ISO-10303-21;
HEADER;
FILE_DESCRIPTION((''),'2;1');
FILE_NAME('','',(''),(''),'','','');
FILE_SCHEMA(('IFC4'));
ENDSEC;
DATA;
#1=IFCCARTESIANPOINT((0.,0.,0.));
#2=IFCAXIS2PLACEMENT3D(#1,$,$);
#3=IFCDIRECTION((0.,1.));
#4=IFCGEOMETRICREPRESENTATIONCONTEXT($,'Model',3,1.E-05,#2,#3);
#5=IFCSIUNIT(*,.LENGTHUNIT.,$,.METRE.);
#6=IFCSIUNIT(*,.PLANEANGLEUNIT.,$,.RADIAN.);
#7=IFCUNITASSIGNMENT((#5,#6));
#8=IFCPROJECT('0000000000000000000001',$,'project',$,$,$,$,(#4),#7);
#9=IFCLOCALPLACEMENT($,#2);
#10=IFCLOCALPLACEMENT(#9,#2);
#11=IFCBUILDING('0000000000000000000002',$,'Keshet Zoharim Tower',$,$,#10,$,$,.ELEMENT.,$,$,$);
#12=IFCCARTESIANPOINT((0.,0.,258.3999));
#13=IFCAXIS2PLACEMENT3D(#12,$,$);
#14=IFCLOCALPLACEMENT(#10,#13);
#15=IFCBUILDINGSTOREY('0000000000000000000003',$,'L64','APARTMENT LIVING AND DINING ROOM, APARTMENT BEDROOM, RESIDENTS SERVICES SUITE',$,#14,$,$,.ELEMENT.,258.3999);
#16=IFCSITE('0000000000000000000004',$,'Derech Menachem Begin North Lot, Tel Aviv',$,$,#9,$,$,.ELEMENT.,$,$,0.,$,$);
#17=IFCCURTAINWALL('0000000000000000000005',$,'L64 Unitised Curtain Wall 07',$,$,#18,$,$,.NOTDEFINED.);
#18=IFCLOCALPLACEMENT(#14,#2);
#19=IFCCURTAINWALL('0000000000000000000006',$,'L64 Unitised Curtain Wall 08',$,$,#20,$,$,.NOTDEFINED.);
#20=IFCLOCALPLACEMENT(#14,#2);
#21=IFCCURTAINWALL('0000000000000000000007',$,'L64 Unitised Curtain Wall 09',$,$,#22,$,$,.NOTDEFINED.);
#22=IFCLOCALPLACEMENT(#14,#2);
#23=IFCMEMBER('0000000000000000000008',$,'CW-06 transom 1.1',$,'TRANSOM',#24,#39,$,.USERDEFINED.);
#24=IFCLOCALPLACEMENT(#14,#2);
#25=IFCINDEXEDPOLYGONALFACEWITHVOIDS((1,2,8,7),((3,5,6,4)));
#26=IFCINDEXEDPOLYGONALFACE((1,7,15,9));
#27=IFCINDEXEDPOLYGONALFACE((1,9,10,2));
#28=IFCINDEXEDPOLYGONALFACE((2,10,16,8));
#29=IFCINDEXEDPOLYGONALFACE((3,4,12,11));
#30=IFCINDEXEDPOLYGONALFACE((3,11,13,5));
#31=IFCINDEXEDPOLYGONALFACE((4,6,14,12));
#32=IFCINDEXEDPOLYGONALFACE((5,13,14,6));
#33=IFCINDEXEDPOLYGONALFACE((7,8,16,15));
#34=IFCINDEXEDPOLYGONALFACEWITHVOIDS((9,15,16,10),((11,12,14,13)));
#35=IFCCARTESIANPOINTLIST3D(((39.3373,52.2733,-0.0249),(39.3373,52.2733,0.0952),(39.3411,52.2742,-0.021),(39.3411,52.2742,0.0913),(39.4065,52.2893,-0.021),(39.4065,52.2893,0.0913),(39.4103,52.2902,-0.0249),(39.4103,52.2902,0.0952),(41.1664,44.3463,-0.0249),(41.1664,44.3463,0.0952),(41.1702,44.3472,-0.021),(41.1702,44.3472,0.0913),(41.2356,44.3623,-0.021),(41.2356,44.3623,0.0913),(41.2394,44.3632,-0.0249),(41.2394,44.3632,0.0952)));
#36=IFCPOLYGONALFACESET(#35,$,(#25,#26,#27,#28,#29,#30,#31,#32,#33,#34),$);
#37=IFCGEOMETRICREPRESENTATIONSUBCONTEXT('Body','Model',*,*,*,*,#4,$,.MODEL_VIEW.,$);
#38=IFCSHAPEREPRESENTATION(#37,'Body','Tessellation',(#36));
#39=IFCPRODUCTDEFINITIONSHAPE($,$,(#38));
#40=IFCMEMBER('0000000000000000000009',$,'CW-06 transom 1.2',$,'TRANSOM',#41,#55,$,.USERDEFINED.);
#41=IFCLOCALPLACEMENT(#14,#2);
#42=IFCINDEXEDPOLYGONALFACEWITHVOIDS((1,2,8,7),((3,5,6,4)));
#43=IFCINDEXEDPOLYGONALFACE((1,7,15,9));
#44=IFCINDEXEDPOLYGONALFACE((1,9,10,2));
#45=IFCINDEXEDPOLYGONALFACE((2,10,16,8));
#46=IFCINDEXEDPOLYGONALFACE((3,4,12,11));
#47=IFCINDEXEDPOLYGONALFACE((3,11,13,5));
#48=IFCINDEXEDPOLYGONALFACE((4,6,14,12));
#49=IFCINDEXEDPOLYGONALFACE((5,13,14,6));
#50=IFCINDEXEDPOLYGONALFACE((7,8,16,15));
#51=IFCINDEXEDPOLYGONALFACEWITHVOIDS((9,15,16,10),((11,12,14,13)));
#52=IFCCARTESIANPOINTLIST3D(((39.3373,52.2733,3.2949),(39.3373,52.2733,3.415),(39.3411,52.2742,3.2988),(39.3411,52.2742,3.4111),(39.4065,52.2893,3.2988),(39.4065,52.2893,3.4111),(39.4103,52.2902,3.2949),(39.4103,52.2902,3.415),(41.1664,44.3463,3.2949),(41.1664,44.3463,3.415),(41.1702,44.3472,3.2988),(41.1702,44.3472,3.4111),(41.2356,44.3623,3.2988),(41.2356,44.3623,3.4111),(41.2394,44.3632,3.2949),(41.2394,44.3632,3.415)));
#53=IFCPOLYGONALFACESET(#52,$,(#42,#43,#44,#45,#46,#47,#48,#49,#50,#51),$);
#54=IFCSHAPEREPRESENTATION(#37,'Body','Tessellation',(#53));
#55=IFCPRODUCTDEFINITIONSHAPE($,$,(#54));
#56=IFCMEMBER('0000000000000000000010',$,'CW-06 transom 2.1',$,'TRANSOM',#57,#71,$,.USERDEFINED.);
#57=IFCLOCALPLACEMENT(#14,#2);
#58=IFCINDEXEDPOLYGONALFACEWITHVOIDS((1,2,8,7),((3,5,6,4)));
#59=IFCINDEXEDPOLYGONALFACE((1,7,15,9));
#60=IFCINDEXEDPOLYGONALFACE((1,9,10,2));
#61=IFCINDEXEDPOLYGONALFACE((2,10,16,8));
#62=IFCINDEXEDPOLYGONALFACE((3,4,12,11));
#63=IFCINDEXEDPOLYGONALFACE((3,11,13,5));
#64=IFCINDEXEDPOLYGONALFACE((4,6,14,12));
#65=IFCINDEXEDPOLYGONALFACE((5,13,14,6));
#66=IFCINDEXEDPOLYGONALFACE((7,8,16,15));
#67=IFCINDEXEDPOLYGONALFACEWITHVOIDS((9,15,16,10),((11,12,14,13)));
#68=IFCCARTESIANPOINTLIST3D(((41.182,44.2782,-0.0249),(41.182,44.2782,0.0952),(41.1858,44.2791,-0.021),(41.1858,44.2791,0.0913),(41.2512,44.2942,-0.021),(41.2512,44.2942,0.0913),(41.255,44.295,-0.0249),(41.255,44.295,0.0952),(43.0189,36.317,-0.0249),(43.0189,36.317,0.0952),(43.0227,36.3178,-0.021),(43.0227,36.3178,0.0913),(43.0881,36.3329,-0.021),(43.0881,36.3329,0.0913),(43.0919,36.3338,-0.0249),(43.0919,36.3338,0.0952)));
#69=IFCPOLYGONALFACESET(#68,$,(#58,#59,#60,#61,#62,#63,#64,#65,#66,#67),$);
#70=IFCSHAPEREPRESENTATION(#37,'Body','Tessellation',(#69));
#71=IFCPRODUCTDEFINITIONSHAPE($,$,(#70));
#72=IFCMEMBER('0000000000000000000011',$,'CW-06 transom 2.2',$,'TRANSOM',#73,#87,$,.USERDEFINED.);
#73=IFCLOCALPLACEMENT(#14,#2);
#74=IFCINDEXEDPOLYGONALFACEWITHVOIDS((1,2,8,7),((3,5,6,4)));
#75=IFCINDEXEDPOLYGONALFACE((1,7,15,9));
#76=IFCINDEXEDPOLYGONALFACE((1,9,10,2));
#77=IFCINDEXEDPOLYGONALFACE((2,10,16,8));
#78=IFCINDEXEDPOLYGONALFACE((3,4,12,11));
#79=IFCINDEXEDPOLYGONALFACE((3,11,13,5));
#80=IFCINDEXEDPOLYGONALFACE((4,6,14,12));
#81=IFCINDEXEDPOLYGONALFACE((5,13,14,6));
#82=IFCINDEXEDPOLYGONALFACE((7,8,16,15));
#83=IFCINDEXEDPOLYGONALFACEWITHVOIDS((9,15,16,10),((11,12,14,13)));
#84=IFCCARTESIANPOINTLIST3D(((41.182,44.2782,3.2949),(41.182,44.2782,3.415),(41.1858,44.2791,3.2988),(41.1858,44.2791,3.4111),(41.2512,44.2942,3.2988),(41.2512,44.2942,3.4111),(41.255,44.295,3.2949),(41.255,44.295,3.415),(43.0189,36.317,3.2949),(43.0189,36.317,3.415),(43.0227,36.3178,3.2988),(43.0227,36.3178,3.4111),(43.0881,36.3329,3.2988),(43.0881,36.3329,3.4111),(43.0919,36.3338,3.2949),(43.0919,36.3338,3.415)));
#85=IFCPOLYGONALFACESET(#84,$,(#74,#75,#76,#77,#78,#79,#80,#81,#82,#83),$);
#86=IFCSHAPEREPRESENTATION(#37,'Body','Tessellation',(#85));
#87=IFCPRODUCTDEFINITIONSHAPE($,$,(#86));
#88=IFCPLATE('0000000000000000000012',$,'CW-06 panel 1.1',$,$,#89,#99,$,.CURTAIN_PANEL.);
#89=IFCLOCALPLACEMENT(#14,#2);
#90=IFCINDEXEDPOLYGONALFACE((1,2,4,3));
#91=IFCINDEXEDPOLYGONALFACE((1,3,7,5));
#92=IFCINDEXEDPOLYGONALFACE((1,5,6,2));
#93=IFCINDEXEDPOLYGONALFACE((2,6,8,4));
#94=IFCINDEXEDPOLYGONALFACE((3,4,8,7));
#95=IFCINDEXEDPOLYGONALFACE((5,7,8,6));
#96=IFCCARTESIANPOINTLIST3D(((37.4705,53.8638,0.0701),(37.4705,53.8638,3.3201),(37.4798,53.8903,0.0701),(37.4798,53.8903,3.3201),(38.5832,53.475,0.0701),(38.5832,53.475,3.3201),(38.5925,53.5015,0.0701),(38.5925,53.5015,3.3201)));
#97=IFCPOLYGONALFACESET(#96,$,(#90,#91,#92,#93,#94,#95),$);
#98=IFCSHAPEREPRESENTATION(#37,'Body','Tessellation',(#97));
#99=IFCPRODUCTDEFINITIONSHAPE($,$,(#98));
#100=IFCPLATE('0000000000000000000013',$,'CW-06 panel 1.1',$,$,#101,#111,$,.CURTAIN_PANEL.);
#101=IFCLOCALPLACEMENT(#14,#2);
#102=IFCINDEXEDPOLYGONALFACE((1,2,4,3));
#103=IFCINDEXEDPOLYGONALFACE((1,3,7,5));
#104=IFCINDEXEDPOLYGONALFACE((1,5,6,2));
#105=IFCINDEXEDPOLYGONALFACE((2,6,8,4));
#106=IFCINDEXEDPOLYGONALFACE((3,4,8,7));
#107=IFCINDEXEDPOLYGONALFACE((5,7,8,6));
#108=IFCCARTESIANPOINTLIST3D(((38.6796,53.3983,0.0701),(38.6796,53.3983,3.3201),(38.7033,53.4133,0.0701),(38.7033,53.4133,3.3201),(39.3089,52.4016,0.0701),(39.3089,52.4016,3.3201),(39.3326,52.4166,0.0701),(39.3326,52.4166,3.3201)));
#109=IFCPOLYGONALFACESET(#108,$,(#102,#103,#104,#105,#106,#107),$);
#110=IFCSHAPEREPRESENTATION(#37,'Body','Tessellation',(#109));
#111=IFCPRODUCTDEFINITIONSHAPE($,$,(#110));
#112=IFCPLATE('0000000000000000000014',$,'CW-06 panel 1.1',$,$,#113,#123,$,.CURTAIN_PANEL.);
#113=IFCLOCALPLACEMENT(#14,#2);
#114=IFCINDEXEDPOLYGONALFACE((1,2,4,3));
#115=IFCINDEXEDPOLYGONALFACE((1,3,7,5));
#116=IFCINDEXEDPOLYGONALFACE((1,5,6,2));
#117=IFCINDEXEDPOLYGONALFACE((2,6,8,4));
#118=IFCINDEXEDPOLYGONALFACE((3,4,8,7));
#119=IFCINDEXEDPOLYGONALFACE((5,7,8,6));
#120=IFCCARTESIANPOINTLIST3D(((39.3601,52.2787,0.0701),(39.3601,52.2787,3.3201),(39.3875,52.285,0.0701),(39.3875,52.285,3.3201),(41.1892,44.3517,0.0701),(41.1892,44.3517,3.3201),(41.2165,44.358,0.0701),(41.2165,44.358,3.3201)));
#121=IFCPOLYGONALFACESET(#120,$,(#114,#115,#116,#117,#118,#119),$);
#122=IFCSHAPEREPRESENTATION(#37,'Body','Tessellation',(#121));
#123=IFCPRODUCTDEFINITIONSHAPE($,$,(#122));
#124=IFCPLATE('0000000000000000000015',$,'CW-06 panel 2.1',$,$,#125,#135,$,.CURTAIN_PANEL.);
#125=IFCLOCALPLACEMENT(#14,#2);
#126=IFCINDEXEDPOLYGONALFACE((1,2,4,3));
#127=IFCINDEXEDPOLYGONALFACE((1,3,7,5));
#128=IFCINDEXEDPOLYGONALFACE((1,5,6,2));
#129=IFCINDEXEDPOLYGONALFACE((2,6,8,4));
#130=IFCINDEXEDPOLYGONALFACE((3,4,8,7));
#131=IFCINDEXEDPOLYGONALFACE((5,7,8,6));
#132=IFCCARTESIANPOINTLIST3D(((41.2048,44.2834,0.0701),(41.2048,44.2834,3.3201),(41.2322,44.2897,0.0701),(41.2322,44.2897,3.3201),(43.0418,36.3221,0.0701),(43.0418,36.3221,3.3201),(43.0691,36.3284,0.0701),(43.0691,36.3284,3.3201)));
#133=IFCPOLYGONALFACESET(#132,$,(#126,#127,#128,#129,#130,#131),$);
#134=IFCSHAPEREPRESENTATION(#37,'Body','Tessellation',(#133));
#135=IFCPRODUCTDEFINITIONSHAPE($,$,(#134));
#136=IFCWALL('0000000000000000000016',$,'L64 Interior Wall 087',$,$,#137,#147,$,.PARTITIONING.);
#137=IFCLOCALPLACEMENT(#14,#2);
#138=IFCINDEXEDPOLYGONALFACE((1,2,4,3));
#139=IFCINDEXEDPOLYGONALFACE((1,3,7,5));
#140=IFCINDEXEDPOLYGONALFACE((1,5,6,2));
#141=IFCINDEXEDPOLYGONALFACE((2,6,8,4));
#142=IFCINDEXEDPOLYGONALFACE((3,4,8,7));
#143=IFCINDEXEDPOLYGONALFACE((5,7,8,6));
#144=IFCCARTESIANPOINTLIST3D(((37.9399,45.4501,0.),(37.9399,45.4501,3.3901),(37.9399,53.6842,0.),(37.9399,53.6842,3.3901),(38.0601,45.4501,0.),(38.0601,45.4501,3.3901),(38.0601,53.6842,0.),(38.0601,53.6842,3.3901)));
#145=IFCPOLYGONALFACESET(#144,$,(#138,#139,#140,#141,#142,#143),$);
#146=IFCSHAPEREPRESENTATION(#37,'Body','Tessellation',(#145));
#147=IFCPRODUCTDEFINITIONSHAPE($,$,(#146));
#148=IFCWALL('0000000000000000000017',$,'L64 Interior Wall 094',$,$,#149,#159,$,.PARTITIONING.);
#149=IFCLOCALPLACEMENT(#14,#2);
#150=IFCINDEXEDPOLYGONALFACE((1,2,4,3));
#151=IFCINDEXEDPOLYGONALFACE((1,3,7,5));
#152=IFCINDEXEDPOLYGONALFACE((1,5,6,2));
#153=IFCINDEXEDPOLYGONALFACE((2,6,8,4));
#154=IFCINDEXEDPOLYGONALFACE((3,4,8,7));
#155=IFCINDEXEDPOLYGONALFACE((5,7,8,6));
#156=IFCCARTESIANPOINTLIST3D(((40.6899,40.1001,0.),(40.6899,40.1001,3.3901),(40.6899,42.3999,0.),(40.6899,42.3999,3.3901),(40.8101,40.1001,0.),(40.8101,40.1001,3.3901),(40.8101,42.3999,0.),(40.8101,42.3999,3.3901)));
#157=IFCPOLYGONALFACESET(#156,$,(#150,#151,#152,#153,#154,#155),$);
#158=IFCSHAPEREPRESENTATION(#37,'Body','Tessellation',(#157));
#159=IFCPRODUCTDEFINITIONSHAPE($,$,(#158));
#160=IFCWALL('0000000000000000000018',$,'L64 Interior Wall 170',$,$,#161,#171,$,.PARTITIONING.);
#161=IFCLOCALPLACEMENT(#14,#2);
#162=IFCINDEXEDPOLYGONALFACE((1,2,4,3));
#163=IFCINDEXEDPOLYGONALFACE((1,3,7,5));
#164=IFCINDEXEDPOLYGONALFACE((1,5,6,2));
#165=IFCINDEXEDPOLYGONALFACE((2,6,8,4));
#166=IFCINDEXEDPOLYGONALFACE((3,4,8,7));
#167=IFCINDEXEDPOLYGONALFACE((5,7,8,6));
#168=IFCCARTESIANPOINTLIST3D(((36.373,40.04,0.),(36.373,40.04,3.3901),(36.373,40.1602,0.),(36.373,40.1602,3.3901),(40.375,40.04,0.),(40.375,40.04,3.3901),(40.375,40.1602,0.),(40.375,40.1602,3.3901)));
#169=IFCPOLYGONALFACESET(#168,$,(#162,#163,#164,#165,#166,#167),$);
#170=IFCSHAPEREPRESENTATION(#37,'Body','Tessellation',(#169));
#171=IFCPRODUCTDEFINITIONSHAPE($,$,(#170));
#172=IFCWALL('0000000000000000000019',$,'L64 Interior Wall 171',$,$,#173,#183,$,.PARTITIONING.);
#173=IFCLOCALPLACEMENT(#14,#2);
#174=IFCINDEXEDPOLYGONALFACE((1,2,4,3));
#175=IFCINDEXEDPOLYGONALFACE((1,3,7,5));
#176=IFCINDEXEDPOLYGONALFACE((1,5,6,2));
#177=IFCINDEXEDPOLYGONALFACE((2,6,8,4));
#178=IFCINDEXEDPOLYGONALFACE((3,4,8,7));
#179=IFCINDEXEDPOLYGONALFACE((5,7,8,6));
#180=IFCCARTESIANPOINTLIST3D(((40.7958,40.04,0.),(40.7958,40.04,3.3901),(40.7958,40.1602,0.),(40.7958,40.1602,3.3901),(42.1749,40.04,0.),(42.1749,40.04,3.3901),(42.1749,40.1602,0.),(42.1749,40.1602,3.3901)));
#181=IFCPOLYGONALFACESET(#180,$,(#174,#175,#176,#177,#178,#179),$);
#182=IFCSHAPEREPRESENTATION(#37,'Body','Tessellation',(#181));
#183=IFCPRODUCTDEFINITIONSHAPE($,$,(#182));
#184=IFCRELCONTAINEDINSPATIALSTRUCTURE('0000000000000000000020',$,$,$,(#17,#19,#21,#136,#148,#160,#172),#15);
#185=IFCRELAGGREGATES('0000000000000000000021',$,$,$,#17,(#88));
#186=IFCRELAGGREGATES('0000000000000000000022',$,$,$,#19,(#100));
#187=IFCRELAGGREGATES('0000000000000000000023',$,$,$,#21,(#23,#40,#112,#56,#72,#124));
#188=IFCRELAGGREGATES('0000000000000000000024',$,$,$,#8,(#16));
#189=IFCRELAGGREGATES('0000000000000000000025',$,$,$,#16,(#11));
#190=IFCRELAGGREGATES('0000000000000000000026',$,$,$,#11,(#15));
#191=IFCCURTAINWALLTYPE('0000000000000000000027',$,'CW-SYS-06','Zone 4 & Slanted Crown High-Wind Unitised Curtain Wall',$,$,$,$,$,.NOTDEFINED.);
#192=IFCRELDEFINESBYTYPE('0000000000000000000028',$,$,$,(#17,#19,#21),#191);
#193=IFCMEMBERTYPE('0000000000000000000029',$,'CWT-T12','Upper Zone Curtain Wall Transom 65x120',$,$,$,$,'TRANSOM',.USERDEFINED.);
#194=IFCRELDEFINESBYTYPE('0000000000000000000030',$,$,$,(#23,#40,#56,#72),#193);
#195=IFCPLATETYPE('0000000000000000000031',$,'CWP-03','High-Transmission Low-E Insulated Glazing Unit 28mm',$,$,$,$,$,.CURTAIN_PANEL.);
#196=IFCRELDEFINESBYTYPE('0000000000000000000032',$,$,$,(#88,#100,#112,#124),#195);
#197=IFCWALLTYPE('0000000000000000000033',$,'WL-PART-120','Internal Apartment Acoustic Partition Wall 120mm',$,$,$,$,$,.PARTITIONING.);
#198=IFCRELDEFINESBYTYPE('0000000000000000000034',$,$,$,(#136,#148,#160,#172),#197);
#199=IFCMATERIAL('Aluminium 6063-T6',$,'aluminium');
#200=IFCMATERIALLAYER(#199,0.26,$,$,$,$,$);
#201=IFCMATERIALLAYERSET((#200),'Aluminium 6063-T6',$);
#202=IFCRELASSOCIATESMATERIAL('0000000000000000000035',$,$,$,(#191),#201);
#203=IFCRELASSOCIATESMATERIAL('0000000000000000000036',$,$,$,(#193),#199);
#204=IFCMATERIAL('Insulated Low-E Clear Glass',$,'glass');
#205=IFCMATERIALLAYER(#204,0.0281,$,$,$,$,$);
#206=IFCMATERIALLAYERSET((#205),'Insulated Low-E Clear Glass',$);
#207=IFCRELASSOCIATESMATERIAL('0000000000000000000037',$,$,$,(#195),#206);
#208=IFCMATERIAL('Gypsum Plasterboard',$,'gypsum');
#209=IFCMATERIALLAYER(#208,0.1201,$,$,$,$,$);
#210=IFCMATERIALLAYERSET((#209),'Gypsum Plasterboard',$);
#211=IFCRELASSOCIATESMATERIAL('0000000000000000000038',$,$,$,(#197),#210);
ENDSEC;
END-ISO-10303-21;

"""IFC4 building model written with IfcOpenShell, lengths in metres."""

from ifc_helpers import new_model, si_unit, direction, frame, frame_2d, origin, origin_2d, place, context, subcontext, project, spatial, rectangle, hollow_rectangle, extrude, material, layer, layer_set, material_profile, profile_set, type_object, element, aggregate, save


model = new_model("IFC4")

# Units and contexts
model_context = context("Model", 3, precision=1e-05, world=origin(), true_north=direction((0.0, 1.0)))
body_context = subcontext(model_context, "Body", "Model", "MODEL_VIEW")
ifc_project = project(units=[si_unit("LENGTHUNIT", "METRE"), si_unit("PLANEANGLEUNIT", "RADIAN")], contexts=[model_context])

# Site, building, storey
site_placement = place(None, origin())
site = spatial("IfcSite", under=ifc_project, at=site_placement, Name="Derech Menachem Begin North Lot, Tel Aviv", CompositionType="ELEMENT", RefElevation=0.0)
building_placement = place(site_placement, origin())
building = spatial("IfcBuilding", under=site, at=building_placement, Name="Keshet Zoharim Tower", CompositionType="ELEMENT")
storey_placement = place(building_placement, frame((0.0, 0.0, 258.3999)))
storey = spatial("IfcBuildingStorey", under=building, at=storey_placement, Name="L64", Description="APARTMENT LIVING AND DINING ROOM, APARTMENT BEDROOM, RESIDENTS SERVICES SUITE", CompositionType="ELEMENT", Elevation=258.3999)

# Shared definitions
ifc_material_1 = material(Name="Aluminium 6063-T6", Category="aluminium")
ifc_layer_1 = layer(ifc_material_1, 0.26)
ifc_layer_set_1 = layer_set([ifc_layer_1], Name="Aluminium 6063-T6")
curtain_wall_type = type_object("IfcCurtainWallType", Name="CW-SYS-06", Description="Zone 4 & Slanted Crown High-Wind Unitised Curtain Wall", PredefinedType="NOTDEFINED", material=ifc_layer_set_1)

# Curtain walls
curtain_wall_1_placement = place(storey_placement, origin())
curtain_wall_1 = element("IfcCurtainWall", 1, at=curtain_wall_1_placement, inside=storey, type_object=curtain_wall_type, Name="L64 Unitised Curtain Wall 07", PredefinedType="NOTDEFINED")
curtain_wall_2_placement = place(storey_placement, origin())
curtain_wall_2 = element("IfcCurtainWall", 2, at=curtain_wall_2_placement, inside=storey, type_object=curtain_wall_type, Name="L64 Unitised Curtain Wall 08", PredefinedType="NOTDEFINED")
curtain_wall_3_placement = place(storey_placement, origin())
curtain_wall_3 = element("IfcCurtainWall", 3, at=curtain_wall_3_placement, inside=storey, type_object=curtain_wall_type, Name="L64 Unitised Curtain Wall 09", PredefinedType="NOTDEFINED")

# Members
ifc_material_profile_1 = material_profile(ifc_material_1, hollow_rectangle(XDim=0.075, YDim=0.1201, WallThickness=0.0039, at=origin_2d()), Name="TRN-75x120")
ifc_profile_set_1 = profile_set([ifc_material_profile_1], Name="Aluminium 6063-T6")
member_type_1 = type_object("IfcMemberType", Name="CWT-T12", Description="Upper Zone Curtain Wall Transom 65x120", ElementType="TRANSOM", PredefinedType="USERDEFINED", material=ifc_profile_set_1)
member_1_placement = place(storey_placement, frame((39.3738, 52.2817, 0.0352), z_axis=(0.224835, -0.974397, 0.0), x_axis=(0.974397, 0.224835, 0.0)))
member_1 = element("IfcMember", 4, at=member_1_placement, type_object=member_type_1, Name="CW-06 transom 1.1", ObjectType="TRANSOM", PredefinedType="USERDEFINED", context=body_context, shape_type="SweptSolid", body=[
    extrude(hollow_rectangle(XDim=0.075, YDim=0.1201, WallThickness=0.0039, at=origin_2d()), origin(), (0.0, 0.0, 1.0), 8.1353),
])
member_2_placement = place(storey_placement, frame((39.3738, 52.2817, 3.355), z_axis=(0.224835, -0.974397, 0.0), x_axis=(0.974397, 0.224835, 0.0)))
member_2 = element("IfcMember", 5, at=member_2_placement, type_object=member_type_1, Name="CW-06 transom 1.2", ObjectType="TRANSOM", PredefinedType="USERDEFINED", context=body_context, shape_type="SweptSolid", body=[
    extrude(hollow_rectangle(XDim=0.075, YDim=0.1201, WallThickness=0.0039, at=origin_2d()), origin(), (0.0, 0.0, 1.0), 8.1353),
])
member_3_placement = place(storey_placement, frame((41.2185, 44.2866, 0.0352), z_axis=(0.224827, -0.974399, 0.0), x_axis=(0.974399, 0.224827, 0.0)))
member_3 = element("IfcMember", 6, at=member_3_placement, type_object=member_type_1, Name="CW-06 transom 2.1", ObjectType="TRANSOM", PredefinedType="USERDEFINED", context=body_context, shape_type="SweptSolid", body=[
    extrude(hollow_rectangle(XDim=0.075, YDim=0.1201, WallThickness=0.0039, at=origin_2d()), origin(), (0.0, 0.0, 1.0), 8.1704),
])
member_4_placement = place(storey_placement, frame((41.2185, 44.2866, 3.355), z_axis=(0.224827, -0.974399, 0.0), x_axis=(0.974399, 0.224827, 0.0)))
member_4 = element("IfcMember", 7, at=member_4_placement, type_object=member_type_1, Name="CW-06 transom 2.2", ObjectType="TRANSOM", PredefinedType="USERDEFINED", context=body_context, shape_type="SweptSolid", body=[
    extrude(hollow_rectangle(XDim=0.075, YDim=0.1201, WallThickness=0.0039, at=origin_2d()), origin(), (0.0, 0.0, 1.0), 8.1704),
])

# Plates
ifc_material_2 = material(Name="Insulated Low-E Clear Glass", Category="glass")
ifc_layer_2 = layer(ifc_material_2, 0.0281)
ifc_layer_set_2 = layer_set([ifc_layer_2], Name="Insulated Low-E Clear Glass")
plate_type = type_object("IfcPlateType", Name="CWP-03", Description="High-Transmission Low-E Insulated Glazing Unit 28mm", PredefinedType="CURTAIN_PANEL", material=ifc_layer_set_2)
plate_1_placement = place(storey_placement, frame((38.0315, 53.6826, 0.0701), z_axis=(0.0, 0.0, 1.0), x_axis=(0.944036, -0.329844, 0.0)))
plate_1 = element("IfcPlate", 8, at=plate_1_placement, type_object=plate_type, Name="CW-06 panel 1.1", PredefinedType="CURTAIN_PANEL", context=body_context, shape_type="SweptSolid", body=[
    extrude(rectangle(XDim=1.1787, YDim=0.0281, at=origin_2d()), origin(), (0.0, 0.0, 1.0), 3.25),
])
aggregate(curtain_wall_1, [plate_1])
plate_2_placement = place(storey_placement, frame((39.0061, 52.9075, 0.0701), z_axis=(0.0, 0.0, 1.0), x_axis=(0.533879, -0.845561, 0.0)))
plate_2 = element("IfcPlate", 9, at=plate_2_placement, type_object=plate_type, Name="CW-06 panel 1.1", PredefinedType="CURTAIN_PANEL", context=body_context, shape_type="SweptSolid", body=[
    extrude(rectangle(XDim=1.1787, YDim=0.0281, at=origin_2d()), origin(), (0.0, 0.0, 1.0), 3.25),
])
aggregate(curtain_wall_2, [plate_2])
plate_3_placement = place(storey_placement, frame((40.2883, 48.3184, 0.0701), z_axis=(0.0, 0.0, 1.0), x_axis=(0.22483, -0.974398, 0.0)))
plate_3 = element("IfcPlate", 10, at=plate_3_placement, type_object=plate_type, Name="CW-06 panel 1.1", PredefinedType="CURTAIN_PANEL", context=body_context, shape_type="SweptSolid", body=[
    extrude(rectangle(XDim=8.1353, YDim=0.0281, at=origin_2d()), origin(), (0.0, 0.0, 1.0), 3.25),
])
plate_4_placement = place(storey_placement, frame((42.137, 40.3059, 0.0701), z_axis=(0.0, 0.0, 1.0), x_axis=(0.22483, -0.974398, 0.0)))
plate_4 = element("IfcPlate", 11, at=plate_4_placement, type_object=plate_type, Name="CW-06 panel 2.1", PredefinedType="CURTAIN_PANEL", context=body_context, shape_type="SweptSolid", body=[
    extrude(rectangle(XDim=8.1704, YDim=0.0281, at=origin_2d()), origin(), (0.0, 0.0, 1.0), 3.25),
])
aggregate(curtain_wall_3, [member_1, member_2, plate_3, member_3, member_4, plate_4])

# Walls
ifc_material_3 = material(Name="Gypsum Plasterboard", Category="gypsum")
ifc_layer_3 = layer(ifc_material_3, 0.1201)
ifc_layer_set_3 = layer_set([ifc_layer_3], Name="Gypsum Plasterboard")
wall_type = type_object("IfcWallType", Name="WL-PART-120", Description="Internal Apartment Acoustic Partition Wall 120mm", PredefinedType="PARTITIONING", material=ifc_layer_set_3)
wall_1_placement = place(storey_placement, frame((38.0, 45.45, 0.0), z_axis=(0.0, 0.0, 1.0), x_axis=(0.0, 1.0, 0.0)))
element("IfcWall", 12, at=wall_1_placement, inside=storey, type_object=wall_type, Name="L64 Interior Wall 087", PredefinedType="PARTITIONING", context=body_context, shape_type="SweptSolid", body=[
    extrude(rectangle(XDim=8.2341, YDim=0.1201, at=frame_2d((4.1172, 0.0))), origin(), (0.0, 0.0, 1.0), 3.3901),
])
wall_2_placement = place(storey_placement, frame((40.75, 40.1001, 0.0), z_axis=(0.0, 0.0, 1.0), x_axis=(0.0, 1.0, 0.0)))
element("IfcWall", 13, at=wall_2_placement, inside=storey, type_object=wall_type, Name="L64 Interior Wall 094", PredefinedType="PARTITIONING", context=body_context, shape_type="SweptSolid", body=[
    extrude(rectangle(XDim=2.2998, YDim=0.1201, at=frame_2d((1.1499, 0.0))), origin(), (0.0, 0.0, 1.0), 3.3901),
])
wall_3_placement = place(storey_placement, frame((36.373, 40.1001, 0.0), z_axis=(0.0, 0.0, 1.0), x_axis=(1.0, 0.0, 0.0)))
element("IfcWall", 14, at=wall_3_placement, inside=storey, type_object=wall_type, Name="L64 Interior Wall 170", PredefinedType="PARTITIONING", context=body_context, shape_type="SweptSolid", body=[
    extrude(rectangle(XDim=4.002, YDim=0.1201, at=frame_2d((2.001, 0.0))), origin(), (0.0, 0.0, 1.0), 3.3901),
])
wall_4_placement = place(storey_placement, frame((40.7959, 40.1001, 0.0), z_axis=(0.0, 0.0, 1.0), x_axis=(1.0, 0.0, 0.0)))
element("IfcWall", 15, at=wall_4_placement, inside=storey, type_object=wall_type, Name="L64 Interior Wall 171", PredefinedType="PARTITIONING", context=body_context, shape_type="SweptSolid", body=[
    extrude(rectangle(XDim=1.3792, YDim=0.1201, at=frame_2d((0.6895, 0.0))), origin(), (0.0, 0.0, 1.0), 3.3901),
])

save(model, "model.ifc")
